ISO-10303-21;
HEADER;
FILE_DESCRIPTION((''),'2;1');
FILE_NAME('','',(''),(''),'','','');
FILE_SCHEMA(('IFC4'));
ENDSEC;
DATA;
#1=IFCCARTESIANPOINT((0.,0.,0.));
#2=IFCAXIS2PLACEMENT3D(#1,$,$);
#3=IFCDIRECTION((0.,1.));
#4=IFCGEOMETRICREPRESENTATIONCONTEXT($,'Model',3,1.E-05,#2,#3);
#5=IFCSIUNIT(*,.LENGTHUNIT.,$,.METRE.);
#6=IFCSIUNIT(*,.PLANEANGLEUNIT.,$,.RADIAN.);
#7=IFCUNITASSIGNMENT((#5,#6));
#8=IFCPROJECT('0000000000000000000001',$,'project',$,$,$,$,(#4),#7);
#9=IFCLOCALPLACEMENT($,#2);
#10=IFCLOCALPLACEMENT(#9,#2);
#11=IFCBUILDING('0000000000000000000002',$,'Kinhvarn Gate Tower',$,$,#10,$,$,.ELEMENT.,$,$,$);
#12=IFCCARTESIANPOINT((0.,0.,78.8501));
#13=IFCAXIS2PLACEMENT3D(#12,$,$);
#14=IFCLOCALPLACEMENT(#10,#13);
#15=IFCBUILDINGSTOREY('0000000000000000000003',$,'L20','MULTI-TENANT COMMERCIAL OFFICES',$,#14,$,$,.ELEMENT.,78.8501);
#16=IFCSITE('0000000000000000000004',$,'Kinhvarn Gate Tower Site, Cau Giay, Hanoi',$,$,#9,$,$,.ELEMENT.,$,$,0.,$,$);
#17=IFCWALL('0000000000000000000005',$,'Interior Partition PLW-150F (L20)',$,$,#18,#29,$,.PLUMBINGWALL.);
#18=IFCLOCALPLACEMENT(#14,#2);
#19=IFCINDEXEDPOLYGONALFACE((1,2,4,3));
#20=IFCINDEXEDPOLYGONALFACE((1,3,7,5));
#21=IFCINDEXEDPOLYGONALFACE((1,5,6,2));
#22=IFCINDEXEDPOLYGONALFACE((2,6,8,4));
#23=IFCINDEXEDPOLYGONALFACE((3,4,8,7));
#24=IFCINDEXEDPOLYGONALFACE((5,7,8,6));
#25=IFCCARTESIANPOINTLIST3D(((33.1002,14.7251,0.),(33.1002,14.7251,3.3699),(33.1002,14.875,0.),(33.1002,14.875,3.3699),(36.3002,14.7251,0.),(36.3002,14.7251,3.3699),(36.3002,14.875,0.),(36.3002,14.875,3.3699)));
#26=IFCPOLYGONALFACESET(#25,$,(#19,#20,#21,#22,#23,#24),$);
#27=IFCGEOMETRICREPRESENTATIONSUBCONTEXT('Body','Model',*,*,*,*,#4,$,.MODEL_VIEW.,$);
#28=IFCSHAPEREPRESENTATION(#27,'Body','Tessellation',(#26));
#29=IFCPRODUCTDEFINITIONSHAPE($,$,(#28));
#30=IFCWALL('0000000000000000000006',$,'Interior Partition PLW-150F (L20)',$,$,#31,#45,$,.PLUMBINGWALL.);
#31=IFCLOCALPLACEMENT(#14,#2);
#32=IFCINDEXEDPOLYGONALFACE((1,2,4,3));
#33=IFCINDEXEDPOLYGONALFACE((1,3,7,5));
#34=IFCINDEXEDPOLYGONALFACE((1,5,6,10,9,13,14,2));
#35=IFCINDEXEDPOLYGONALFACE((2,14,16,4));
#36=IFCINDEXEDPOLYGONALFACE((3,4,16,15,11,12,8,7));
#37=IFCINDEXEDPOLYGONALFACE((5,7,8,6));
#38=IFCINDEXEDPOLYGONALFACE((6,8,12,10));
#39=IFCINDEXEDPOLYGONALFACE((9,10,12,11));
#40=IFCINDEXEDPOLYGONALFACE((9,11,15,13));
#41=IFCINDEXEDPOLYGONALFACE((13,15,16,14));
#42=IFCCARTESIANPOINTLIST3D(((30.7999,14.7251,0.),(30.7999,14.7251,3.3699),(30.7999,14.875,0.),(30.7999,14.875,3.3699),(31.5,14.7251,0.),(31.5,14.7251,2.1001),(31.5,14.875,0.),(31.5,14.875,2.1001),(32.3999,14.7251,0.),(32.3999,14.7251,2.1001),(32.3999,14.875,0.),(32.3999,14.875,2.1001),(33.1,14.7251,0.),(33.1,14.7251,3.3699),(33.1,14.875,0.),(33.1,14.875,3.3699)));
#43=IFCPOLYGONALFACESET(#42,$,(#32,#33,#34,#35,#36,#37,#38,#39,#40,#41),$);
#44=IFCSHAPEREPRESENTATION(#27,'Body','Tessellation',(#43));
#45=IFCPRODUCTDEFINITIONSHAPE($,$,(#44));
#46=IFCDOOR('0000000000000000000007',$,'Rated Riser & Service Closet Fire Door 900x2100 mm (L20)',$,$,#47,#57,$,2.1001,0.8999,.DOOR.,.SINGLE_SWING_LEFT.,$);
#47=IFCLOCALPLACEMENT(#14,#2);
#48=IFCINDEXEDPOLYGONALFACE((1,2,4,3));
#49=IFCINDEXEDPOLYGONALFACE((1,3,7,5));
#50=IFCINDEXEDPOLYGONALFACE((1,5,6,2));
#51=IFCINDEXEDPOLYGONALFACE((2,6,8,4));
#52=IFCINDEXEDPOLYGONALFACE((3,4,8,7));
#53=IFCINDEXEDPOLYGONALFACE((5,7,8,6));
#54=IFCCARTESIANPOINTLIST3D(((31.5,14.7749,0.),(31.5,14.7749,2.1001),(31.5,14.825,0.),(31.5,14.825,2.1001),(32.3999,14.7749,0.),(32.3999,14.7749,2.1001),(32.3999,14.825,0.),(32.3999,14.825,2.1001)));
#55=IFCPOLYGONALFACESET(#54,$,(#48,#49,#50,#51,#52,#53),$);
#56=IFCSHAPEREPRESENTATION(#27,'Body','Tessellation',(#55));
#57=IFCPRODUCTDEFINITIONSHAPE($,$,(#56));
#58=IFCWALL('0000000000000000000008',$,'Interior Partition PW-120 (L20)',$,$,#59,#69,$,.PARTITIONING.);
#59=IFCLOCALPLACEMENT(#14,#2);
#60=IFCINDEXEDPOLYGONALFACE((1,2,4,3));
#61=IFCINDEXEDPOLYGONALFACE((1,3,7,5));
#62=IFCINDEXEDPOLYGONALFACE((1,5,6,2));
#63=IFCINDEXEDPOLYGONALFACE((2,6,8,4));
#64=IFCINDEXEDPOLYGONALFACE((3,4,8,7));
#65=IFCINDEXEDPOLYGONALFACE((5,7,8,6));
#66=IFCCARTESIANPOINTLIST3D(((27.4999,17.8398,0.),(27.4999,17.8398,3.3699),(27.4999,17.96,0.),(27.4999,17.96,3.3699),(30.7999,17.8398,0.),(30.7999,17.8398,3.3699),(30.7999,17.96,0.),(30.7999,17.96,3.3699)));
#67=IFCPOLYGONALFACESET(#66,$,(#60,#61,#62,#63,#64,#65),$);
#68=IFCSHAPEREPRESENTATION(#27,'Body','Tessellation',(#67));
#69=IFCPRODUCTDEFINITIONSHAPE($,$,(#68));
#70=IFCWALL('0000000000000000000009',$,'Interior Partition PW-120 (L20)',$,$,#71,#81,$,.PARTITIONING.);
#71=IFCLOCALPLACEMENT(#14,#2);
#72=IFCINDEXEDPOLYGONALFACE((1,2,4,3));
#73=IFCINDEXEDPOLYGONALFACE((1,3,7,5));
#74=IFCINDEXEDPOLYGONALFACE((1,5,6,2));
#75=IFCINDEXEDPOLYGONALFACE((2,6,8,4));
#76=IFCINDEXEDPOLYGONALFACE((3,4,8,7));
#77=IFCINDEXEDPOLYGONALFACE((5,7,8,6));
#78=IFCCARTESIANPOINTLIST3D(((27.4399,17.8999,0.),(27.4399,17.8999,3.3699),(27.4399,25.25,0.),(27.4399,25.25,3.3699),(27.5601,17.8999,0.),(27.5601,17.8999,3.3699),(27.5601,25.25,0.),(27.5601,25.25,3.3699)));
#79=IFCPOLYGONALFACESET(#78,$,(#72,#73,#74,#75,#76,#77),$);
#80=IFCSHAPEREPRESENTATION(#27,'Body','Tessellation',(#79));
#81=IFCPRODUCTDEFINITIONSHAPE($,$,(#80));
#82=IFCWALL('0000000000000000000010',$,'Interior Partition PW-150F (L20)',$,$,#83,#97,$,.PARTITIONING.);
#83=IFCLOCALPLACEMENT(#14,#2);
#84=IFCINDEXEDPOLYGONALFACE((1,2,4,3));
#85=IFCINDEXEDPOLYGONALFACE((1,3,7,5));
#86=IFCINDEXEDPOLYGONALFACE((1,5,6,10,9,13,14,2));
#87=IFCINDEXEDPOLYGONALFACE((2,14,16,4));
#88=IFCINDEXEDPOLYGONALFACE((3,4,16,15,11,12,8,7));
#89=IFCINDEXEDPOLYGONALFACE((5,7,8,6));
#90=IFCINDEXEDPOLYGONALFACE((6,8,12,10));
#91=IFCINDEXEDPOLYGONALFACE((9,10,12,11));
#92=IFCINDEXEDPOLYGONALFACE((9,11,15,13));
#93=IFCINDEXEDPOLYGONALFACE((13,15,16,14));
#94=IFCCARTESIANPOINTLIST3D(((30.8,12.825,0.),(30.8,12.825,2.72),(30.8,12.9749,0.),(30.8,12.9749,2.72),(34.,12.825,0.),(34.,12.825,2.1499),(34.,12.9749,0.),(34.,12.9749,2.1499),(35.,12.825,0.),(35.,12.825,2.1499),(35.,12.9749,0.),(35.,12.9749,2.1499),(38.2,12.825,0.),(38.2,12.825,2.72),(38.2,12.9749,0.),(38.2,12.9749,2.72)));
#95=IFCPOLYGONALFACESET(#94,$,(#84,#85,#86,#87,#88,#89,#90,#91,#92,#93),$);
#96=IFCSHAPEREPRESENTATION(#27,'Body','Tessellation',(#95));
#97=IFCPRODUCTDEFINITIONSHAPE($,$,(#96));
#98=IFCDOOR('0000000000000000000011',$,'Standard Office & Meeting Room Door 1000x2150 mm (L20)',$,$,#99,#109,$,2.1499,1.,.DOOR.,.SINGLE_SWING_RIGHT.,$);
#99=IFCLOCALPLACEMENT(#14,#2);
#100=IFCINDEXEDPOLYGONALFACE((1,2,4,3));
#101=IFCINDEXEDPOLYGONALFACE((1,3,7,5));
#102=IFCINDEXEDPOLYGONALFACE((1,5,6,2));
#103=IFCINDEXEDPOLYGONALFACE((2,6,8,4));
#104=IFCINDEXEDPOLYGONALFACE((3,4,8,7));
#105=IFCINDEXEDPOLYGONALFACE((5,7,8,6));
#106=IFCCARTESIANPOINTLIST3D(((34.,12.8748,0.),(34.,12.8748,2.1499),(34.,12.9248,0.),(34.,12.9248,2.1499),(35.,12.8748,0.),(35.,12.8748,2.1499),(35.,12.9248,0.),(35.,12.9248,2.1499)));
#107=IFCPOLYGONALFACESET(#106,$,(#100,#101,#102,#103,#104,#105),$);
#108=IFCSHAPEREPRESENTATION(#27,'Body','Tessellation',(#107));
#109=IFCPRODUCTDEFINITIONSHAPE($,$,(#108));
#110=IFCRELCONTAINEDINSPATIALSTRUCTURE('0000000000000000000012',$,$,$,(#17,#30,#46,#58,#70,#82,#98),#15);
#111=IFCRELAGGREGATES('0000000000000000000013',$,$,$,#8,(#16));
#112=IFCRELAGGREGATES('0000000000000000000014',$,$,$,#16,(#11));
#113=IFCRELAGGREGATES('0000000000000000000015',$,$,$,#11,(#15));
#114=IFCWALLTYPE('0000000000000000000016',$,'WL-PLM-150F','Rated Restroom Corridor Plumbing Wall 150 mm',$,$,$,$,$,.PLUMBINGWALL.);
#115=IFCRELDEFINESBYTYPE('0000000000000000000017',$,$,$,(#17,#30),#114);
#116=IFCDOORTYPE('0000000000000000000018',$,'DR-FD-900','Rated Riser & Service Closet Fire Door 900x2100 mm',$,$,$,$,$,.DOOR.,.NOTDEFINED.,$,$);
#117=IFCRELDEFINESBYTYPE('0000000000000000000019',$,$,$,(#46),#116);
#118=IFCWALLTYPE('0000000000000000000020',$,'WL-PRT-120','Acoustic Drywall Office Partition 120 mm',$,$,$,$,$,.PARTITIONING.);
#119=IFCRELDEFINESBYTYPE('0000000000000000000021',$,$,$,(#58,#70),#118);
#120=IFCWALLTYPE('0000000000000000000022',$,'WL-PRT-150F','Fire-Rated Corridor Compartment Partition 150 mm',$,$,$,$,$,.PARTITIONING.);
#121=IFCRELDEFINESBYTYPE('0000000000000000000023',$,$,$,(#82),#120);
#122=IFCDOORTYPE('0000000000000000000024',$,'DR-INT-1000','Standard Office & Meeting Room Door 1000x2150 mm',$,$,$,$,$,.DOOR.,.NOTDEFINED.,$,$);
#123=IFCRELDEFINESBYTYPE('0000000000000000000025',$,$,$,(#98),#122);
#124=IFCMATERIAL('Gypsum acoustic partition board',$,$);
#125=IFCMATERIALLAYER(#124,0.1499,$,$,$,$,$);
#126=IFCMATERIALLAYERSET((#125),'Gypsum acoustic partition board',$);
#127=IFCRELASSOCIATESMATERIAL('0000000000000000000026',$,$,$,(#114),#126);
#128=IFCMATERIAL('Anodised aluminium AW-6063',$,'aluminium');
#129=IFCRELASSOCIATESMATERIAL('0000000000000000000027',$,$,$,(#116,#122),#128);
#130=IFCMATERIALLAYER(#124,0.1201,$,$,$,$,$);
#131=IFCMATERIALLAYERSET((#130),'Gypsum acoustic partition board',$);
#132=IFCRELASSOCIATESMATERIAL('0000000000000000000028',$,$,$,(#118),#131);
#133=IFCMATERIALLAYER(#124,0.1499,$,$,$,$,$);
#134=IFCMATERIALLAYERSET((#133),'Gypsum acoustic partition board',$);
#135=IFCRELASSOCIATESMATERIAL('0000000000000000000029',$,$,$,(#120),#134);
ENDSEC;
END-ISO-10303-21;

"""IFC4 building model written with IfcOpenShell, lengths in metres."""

from ifc_helpers import new_model, si_unit, direction, frame, frame_2d, origin, place, context, subcontext, project, spatial, rectangle, extrude, material, layer, layer_set, type_object, element, fill, save


model = new_model("IFC4")

# Units and contexts
model_context = context("Model", 3, precision=1e-05, world=origin(), true_north=direction((0.0, 1.0)))
body_context = subcontext(model_context, "Body", "Model", "MODEL_VIEW")
ifc_project = project(units=[si_unit("LENGTHUNIT", "METRE"), si_unit("PLANEANGLEUNIT", "RADIAN")], contexts=[model_context])

# Site, building, storey
site_placement = place(None, origin())
site = spatial("IfcSite", under=ifc_project, at=site_placement, Name="Kinhvarn Gate Tower Site, Cau Giay, Hanoi", CompositionType="ELEMENT", RefElevation=0.0)
building_placement = place(site_placement, origin())
building = spatial("IfcBuilding", under=site, at=building_placement, Name="Kinhvarn Gate Tower", CompositionType="ELEMENT")
storey_placement = place(building_placement, frame((0.0, 0.0, 78.8501)))
storey = spatial("IfcBuildingStorey", under=building, at=storey_placement, Name="L20", Description="MULTI-TENANT COMMERCIAL OFFICES", CompositionType="ELEMENT", Elevation=78.8501)

# Wall
ifc_material_1 = material(Name="Gypsum acoustic partition board")
ifc_layer_1 = layer(ifc_material_1, 0.1499)
ifc_layer_set_1 = layer_set([ifc_layer_1], Name="Gypsum acoustic partition board")
wall_type_1 = type_object("IfcWallType", Name="WL-PLM-150F", Description="Rated Restroom Corridor Plumbing Wall 150 mm", PredefinedType="PLUMBINGWALL", material=ifc_layer_set_1)
wall_1_placement = place(storey_placement, frame((33.1001, 14.8, 0.0), z_axis=(0.0, 0.0, 1.0), x_axis=(1.0, 0.0, 0.0)))
element("IfcWall", 1, at=wall_1_placement, inside=storey, type_object=wall_type_1, Name="Interior Partition PLW-150F (L20)", PredefinedType="PLUMBINGWALL", context=body_context, shape_type="SweptSolid", body=[
    extrude(rectangle(XDim=3.2, YDim=0.1499, at=frame_2d((1.6001, 0.0))), origin(), (0.0, 0.0, 1.0), 3.3699),
])

# Wall, opening, door
wall_2_placement = place(storey_placement, frame((30.8, 14.8, 0.0), z_axis=(0.0, 0.0, 1.0), x_axis=(1.0, 0.0, 0.0)))
wall_2 = element("IfcWall", 2, at=wall_2_placement, inside=storey, type_object=wall_type_1, Name="Interior Partition PLW-150F (L20)", PredefinedType="PLUMBINGWALL", context=body_context, shape_type="SweptSolid", body=[
    extrude(rectangle(XDim=2.3, YDim=0.1499, at=frame_2d((1.1499, 0.0))), origin(), (0.0, 0.0, 1.0), 3.3699),
])
opening_1_placement = place(wall_2_placement, frame((0.7, 0.0, 0.0)))
opening_1 = element("IfcOpeningElement", 3, at=opening_1_placement, cuts=wall_2, PredefinedType="OPENING", context=body_context, shape_type="SweptSolid", body=[
    extrude(rectangle(XDim=0.8999, YDim=2.1001, at=frame_2d((0.45, 1.05))), frame((0.0, 0.085, 0.0), z_axis=(0.0, -1.0, 0.0), x_axis=(1.0, 0.0, 0.0)), (0.0, 0.0, 1.0), 0.1699),
])
ifc_material_2 = material(Name="Anodised aluminium AW-6063", Category="aluminium")
door_type_1 = type_object("IfcDoorType", Name="DR-FD-900", Description="Rated Riser & Service Closet Fire Door 900x2100 mm", OperationType="NOTDEFINED", PredefinedType="DOOR", material=ifc_material_2)
door_1_placement = place(opening_1_placement, origin())
door_1 = element("IfcDoor", 4, at=door_1_placement, inside=storey, type_object=door_type_1, Name="Rated Riser & Service Closet Fire Door 900x2100 mm (L20)", OperationType="SINGLE_SWING_LEFT", OverallHeight=2.1001, OverallWidth=0.8999, PredefinedType="DOOR", context=body_context, shape_type="SweptSolid", body=[
    extrude(rectangle(XDim=0.8999, YDim=2.1001, at=frame_2d((0.45, 1.05))), frame((0.0, 0.0249, 0.0), z_axis=(0.0, -1.0, 0.0), x_axis=(1.0, 0.0, 0.0)), (0.0, 0.0, 1.0), 0.05),
])
fill(opening_1, door_1)

# Walls
ifc_layer_2 = layer(ifc_material_1, 0.1201)
ifc_layer_set_2 = layer_set([ifc_layer_2], Name="Gypsum acoustic partition board")
wall_type_2 = type_object("IfcWallType", Name="WL-PRT-120", Description="Acoustic Drywall Office Partition 120 mm", PredefinedType="PARTITIONING", material=ifc_layer_set_2)
wall_3_placement = place(storey_placement, frame((27.5, 17.8999, 0.0), z_axis=(0.0, 0.0, 1.0), x_axis=(1.0, 0.0, 0.0)))
element("IfcWall", 5, at=wall_3_placement, inside=storey, type_object=wall_type_2, Name="Interior Partition PW-120 (L20)", PredefinedType="PARTITIONING", context=body_context, shape_type="SweptSolid", body=[
    extrude(rectangle(XDim=3.3, YDim=0.1201, at=frame_2d((1.6499, 0.0))), origin(), (0.0, 0.0, 1.0), 3.3699),
])
wall_4_placement = place(storey_placement, frame((27.5, 17.8999, 0.0), z_axis=(0.0, 0.0, 1.0), x_axis=(0.0, 1.0, 0.0)))
element("IfcWall", 6, at=wall_4_placement, inside=storey, type_object=wall_type_2, Name="Interior Partition PW-120 (L20)", PredefinedType="PARTITIONING", context=body_context, shape_type="SweptSolid", body=[
    extrude(rectangle(XDim=7.3501, YDim=0.1201, at=frame_2d((3.675, 0.0))), origin(), (0.0, 0.0, 1.0), 3.3699),
])

# Wall, opening, door
ifc_layer_3 = layer(ifc_material_1, 0.1499)
ifc_layer_set_3 = layer_set([ifc_layer_3], Name="Gypsum acoustic partition board")
wall_type_3 = type_object("IfcWallType", Name="WL-PRT-150F", Description="Fire-Rated Corridor Compartment Partition 150 mm", PredefinedType="PARTITIONING", material=ifc_layer_set_3)
door_type_2 = type_object("IfcDoorType", Name="DR-INT-1000", Description="Standard Office & Meeting Room Door 1000x2150 mm", OperationType="NOTDEFINED", PredefinedType="DOOR", material=ifc_material_2)
wall_5_placement = place(storey_placement, frame((30.8, 12.8999, 0.0), z_axis=(0.0, 0.0, 1.0), x_axis=(1.0, 0.0, 0.0)))
wall_5 = element("IfcWall", 7, at=wall_5_placement, inside=storey, type_object=wall_type_3, Name="Interior Partition PW-150F (L20)", PredefinedType="PARTITIONING", context=body_context, shape_type="SweptSolid", body=[
    extrude(rectangle(XDim=7.3999, YDim=0.1499, at=frame_2d((3.7, 0.0))), origin(), (0.0, 0.0, 1.0), 2.72),
])
opening_2_placement = place(wall_5_placement, frame((3.2, 0.0, 0.0)))
opening_2 = element("IfcOpeningElement", 8, at=opening_2_placement, cuts=wall_5, PredefinedType="OPENING", context=body_context, shape_type="SweptSolid", body=[
    extrude(rectangle(XDim=1.0, YDim=2.1499, at=frame_2d((0.5, 1.075))), frame((0.0, 0.085, 0.0), z_axis=(0.0, -1.0, 0.0), x_axis=(1.0, 0.0, 0.0)), (0.0, 0.0, 1.0), 0.1699),
])
door_2_placement = place(opening_2_placement, origin())
door_2 = element("IfcDoor", 9, at=door_2_placement, inside=storey, type_object=door_type_2, Name="Standard Office & Meeting Room Door 1000x2150 mm (L20)", OperationType="SINGLE_SWING_RIGHT", OverallHeight=2.1499, OverallWidth=1.0, PredefinedType="DOOR", context=body_context, shape_type="SweptSolid", body=[
    extrude(rectangle(XDim=1.0, YDim=2.1499, at=frame_2d((0.5, 1.075))), frame((0.0, 0.0249, 0.0), z_axis=(0.0, -1.0, 0.0), x_axis=(1.0, 0.0, 0.0)), (0.0, 0.0, 1.0), 0.05),
])
fill(opening_2, door_2)

save(model, "model.ifc")
